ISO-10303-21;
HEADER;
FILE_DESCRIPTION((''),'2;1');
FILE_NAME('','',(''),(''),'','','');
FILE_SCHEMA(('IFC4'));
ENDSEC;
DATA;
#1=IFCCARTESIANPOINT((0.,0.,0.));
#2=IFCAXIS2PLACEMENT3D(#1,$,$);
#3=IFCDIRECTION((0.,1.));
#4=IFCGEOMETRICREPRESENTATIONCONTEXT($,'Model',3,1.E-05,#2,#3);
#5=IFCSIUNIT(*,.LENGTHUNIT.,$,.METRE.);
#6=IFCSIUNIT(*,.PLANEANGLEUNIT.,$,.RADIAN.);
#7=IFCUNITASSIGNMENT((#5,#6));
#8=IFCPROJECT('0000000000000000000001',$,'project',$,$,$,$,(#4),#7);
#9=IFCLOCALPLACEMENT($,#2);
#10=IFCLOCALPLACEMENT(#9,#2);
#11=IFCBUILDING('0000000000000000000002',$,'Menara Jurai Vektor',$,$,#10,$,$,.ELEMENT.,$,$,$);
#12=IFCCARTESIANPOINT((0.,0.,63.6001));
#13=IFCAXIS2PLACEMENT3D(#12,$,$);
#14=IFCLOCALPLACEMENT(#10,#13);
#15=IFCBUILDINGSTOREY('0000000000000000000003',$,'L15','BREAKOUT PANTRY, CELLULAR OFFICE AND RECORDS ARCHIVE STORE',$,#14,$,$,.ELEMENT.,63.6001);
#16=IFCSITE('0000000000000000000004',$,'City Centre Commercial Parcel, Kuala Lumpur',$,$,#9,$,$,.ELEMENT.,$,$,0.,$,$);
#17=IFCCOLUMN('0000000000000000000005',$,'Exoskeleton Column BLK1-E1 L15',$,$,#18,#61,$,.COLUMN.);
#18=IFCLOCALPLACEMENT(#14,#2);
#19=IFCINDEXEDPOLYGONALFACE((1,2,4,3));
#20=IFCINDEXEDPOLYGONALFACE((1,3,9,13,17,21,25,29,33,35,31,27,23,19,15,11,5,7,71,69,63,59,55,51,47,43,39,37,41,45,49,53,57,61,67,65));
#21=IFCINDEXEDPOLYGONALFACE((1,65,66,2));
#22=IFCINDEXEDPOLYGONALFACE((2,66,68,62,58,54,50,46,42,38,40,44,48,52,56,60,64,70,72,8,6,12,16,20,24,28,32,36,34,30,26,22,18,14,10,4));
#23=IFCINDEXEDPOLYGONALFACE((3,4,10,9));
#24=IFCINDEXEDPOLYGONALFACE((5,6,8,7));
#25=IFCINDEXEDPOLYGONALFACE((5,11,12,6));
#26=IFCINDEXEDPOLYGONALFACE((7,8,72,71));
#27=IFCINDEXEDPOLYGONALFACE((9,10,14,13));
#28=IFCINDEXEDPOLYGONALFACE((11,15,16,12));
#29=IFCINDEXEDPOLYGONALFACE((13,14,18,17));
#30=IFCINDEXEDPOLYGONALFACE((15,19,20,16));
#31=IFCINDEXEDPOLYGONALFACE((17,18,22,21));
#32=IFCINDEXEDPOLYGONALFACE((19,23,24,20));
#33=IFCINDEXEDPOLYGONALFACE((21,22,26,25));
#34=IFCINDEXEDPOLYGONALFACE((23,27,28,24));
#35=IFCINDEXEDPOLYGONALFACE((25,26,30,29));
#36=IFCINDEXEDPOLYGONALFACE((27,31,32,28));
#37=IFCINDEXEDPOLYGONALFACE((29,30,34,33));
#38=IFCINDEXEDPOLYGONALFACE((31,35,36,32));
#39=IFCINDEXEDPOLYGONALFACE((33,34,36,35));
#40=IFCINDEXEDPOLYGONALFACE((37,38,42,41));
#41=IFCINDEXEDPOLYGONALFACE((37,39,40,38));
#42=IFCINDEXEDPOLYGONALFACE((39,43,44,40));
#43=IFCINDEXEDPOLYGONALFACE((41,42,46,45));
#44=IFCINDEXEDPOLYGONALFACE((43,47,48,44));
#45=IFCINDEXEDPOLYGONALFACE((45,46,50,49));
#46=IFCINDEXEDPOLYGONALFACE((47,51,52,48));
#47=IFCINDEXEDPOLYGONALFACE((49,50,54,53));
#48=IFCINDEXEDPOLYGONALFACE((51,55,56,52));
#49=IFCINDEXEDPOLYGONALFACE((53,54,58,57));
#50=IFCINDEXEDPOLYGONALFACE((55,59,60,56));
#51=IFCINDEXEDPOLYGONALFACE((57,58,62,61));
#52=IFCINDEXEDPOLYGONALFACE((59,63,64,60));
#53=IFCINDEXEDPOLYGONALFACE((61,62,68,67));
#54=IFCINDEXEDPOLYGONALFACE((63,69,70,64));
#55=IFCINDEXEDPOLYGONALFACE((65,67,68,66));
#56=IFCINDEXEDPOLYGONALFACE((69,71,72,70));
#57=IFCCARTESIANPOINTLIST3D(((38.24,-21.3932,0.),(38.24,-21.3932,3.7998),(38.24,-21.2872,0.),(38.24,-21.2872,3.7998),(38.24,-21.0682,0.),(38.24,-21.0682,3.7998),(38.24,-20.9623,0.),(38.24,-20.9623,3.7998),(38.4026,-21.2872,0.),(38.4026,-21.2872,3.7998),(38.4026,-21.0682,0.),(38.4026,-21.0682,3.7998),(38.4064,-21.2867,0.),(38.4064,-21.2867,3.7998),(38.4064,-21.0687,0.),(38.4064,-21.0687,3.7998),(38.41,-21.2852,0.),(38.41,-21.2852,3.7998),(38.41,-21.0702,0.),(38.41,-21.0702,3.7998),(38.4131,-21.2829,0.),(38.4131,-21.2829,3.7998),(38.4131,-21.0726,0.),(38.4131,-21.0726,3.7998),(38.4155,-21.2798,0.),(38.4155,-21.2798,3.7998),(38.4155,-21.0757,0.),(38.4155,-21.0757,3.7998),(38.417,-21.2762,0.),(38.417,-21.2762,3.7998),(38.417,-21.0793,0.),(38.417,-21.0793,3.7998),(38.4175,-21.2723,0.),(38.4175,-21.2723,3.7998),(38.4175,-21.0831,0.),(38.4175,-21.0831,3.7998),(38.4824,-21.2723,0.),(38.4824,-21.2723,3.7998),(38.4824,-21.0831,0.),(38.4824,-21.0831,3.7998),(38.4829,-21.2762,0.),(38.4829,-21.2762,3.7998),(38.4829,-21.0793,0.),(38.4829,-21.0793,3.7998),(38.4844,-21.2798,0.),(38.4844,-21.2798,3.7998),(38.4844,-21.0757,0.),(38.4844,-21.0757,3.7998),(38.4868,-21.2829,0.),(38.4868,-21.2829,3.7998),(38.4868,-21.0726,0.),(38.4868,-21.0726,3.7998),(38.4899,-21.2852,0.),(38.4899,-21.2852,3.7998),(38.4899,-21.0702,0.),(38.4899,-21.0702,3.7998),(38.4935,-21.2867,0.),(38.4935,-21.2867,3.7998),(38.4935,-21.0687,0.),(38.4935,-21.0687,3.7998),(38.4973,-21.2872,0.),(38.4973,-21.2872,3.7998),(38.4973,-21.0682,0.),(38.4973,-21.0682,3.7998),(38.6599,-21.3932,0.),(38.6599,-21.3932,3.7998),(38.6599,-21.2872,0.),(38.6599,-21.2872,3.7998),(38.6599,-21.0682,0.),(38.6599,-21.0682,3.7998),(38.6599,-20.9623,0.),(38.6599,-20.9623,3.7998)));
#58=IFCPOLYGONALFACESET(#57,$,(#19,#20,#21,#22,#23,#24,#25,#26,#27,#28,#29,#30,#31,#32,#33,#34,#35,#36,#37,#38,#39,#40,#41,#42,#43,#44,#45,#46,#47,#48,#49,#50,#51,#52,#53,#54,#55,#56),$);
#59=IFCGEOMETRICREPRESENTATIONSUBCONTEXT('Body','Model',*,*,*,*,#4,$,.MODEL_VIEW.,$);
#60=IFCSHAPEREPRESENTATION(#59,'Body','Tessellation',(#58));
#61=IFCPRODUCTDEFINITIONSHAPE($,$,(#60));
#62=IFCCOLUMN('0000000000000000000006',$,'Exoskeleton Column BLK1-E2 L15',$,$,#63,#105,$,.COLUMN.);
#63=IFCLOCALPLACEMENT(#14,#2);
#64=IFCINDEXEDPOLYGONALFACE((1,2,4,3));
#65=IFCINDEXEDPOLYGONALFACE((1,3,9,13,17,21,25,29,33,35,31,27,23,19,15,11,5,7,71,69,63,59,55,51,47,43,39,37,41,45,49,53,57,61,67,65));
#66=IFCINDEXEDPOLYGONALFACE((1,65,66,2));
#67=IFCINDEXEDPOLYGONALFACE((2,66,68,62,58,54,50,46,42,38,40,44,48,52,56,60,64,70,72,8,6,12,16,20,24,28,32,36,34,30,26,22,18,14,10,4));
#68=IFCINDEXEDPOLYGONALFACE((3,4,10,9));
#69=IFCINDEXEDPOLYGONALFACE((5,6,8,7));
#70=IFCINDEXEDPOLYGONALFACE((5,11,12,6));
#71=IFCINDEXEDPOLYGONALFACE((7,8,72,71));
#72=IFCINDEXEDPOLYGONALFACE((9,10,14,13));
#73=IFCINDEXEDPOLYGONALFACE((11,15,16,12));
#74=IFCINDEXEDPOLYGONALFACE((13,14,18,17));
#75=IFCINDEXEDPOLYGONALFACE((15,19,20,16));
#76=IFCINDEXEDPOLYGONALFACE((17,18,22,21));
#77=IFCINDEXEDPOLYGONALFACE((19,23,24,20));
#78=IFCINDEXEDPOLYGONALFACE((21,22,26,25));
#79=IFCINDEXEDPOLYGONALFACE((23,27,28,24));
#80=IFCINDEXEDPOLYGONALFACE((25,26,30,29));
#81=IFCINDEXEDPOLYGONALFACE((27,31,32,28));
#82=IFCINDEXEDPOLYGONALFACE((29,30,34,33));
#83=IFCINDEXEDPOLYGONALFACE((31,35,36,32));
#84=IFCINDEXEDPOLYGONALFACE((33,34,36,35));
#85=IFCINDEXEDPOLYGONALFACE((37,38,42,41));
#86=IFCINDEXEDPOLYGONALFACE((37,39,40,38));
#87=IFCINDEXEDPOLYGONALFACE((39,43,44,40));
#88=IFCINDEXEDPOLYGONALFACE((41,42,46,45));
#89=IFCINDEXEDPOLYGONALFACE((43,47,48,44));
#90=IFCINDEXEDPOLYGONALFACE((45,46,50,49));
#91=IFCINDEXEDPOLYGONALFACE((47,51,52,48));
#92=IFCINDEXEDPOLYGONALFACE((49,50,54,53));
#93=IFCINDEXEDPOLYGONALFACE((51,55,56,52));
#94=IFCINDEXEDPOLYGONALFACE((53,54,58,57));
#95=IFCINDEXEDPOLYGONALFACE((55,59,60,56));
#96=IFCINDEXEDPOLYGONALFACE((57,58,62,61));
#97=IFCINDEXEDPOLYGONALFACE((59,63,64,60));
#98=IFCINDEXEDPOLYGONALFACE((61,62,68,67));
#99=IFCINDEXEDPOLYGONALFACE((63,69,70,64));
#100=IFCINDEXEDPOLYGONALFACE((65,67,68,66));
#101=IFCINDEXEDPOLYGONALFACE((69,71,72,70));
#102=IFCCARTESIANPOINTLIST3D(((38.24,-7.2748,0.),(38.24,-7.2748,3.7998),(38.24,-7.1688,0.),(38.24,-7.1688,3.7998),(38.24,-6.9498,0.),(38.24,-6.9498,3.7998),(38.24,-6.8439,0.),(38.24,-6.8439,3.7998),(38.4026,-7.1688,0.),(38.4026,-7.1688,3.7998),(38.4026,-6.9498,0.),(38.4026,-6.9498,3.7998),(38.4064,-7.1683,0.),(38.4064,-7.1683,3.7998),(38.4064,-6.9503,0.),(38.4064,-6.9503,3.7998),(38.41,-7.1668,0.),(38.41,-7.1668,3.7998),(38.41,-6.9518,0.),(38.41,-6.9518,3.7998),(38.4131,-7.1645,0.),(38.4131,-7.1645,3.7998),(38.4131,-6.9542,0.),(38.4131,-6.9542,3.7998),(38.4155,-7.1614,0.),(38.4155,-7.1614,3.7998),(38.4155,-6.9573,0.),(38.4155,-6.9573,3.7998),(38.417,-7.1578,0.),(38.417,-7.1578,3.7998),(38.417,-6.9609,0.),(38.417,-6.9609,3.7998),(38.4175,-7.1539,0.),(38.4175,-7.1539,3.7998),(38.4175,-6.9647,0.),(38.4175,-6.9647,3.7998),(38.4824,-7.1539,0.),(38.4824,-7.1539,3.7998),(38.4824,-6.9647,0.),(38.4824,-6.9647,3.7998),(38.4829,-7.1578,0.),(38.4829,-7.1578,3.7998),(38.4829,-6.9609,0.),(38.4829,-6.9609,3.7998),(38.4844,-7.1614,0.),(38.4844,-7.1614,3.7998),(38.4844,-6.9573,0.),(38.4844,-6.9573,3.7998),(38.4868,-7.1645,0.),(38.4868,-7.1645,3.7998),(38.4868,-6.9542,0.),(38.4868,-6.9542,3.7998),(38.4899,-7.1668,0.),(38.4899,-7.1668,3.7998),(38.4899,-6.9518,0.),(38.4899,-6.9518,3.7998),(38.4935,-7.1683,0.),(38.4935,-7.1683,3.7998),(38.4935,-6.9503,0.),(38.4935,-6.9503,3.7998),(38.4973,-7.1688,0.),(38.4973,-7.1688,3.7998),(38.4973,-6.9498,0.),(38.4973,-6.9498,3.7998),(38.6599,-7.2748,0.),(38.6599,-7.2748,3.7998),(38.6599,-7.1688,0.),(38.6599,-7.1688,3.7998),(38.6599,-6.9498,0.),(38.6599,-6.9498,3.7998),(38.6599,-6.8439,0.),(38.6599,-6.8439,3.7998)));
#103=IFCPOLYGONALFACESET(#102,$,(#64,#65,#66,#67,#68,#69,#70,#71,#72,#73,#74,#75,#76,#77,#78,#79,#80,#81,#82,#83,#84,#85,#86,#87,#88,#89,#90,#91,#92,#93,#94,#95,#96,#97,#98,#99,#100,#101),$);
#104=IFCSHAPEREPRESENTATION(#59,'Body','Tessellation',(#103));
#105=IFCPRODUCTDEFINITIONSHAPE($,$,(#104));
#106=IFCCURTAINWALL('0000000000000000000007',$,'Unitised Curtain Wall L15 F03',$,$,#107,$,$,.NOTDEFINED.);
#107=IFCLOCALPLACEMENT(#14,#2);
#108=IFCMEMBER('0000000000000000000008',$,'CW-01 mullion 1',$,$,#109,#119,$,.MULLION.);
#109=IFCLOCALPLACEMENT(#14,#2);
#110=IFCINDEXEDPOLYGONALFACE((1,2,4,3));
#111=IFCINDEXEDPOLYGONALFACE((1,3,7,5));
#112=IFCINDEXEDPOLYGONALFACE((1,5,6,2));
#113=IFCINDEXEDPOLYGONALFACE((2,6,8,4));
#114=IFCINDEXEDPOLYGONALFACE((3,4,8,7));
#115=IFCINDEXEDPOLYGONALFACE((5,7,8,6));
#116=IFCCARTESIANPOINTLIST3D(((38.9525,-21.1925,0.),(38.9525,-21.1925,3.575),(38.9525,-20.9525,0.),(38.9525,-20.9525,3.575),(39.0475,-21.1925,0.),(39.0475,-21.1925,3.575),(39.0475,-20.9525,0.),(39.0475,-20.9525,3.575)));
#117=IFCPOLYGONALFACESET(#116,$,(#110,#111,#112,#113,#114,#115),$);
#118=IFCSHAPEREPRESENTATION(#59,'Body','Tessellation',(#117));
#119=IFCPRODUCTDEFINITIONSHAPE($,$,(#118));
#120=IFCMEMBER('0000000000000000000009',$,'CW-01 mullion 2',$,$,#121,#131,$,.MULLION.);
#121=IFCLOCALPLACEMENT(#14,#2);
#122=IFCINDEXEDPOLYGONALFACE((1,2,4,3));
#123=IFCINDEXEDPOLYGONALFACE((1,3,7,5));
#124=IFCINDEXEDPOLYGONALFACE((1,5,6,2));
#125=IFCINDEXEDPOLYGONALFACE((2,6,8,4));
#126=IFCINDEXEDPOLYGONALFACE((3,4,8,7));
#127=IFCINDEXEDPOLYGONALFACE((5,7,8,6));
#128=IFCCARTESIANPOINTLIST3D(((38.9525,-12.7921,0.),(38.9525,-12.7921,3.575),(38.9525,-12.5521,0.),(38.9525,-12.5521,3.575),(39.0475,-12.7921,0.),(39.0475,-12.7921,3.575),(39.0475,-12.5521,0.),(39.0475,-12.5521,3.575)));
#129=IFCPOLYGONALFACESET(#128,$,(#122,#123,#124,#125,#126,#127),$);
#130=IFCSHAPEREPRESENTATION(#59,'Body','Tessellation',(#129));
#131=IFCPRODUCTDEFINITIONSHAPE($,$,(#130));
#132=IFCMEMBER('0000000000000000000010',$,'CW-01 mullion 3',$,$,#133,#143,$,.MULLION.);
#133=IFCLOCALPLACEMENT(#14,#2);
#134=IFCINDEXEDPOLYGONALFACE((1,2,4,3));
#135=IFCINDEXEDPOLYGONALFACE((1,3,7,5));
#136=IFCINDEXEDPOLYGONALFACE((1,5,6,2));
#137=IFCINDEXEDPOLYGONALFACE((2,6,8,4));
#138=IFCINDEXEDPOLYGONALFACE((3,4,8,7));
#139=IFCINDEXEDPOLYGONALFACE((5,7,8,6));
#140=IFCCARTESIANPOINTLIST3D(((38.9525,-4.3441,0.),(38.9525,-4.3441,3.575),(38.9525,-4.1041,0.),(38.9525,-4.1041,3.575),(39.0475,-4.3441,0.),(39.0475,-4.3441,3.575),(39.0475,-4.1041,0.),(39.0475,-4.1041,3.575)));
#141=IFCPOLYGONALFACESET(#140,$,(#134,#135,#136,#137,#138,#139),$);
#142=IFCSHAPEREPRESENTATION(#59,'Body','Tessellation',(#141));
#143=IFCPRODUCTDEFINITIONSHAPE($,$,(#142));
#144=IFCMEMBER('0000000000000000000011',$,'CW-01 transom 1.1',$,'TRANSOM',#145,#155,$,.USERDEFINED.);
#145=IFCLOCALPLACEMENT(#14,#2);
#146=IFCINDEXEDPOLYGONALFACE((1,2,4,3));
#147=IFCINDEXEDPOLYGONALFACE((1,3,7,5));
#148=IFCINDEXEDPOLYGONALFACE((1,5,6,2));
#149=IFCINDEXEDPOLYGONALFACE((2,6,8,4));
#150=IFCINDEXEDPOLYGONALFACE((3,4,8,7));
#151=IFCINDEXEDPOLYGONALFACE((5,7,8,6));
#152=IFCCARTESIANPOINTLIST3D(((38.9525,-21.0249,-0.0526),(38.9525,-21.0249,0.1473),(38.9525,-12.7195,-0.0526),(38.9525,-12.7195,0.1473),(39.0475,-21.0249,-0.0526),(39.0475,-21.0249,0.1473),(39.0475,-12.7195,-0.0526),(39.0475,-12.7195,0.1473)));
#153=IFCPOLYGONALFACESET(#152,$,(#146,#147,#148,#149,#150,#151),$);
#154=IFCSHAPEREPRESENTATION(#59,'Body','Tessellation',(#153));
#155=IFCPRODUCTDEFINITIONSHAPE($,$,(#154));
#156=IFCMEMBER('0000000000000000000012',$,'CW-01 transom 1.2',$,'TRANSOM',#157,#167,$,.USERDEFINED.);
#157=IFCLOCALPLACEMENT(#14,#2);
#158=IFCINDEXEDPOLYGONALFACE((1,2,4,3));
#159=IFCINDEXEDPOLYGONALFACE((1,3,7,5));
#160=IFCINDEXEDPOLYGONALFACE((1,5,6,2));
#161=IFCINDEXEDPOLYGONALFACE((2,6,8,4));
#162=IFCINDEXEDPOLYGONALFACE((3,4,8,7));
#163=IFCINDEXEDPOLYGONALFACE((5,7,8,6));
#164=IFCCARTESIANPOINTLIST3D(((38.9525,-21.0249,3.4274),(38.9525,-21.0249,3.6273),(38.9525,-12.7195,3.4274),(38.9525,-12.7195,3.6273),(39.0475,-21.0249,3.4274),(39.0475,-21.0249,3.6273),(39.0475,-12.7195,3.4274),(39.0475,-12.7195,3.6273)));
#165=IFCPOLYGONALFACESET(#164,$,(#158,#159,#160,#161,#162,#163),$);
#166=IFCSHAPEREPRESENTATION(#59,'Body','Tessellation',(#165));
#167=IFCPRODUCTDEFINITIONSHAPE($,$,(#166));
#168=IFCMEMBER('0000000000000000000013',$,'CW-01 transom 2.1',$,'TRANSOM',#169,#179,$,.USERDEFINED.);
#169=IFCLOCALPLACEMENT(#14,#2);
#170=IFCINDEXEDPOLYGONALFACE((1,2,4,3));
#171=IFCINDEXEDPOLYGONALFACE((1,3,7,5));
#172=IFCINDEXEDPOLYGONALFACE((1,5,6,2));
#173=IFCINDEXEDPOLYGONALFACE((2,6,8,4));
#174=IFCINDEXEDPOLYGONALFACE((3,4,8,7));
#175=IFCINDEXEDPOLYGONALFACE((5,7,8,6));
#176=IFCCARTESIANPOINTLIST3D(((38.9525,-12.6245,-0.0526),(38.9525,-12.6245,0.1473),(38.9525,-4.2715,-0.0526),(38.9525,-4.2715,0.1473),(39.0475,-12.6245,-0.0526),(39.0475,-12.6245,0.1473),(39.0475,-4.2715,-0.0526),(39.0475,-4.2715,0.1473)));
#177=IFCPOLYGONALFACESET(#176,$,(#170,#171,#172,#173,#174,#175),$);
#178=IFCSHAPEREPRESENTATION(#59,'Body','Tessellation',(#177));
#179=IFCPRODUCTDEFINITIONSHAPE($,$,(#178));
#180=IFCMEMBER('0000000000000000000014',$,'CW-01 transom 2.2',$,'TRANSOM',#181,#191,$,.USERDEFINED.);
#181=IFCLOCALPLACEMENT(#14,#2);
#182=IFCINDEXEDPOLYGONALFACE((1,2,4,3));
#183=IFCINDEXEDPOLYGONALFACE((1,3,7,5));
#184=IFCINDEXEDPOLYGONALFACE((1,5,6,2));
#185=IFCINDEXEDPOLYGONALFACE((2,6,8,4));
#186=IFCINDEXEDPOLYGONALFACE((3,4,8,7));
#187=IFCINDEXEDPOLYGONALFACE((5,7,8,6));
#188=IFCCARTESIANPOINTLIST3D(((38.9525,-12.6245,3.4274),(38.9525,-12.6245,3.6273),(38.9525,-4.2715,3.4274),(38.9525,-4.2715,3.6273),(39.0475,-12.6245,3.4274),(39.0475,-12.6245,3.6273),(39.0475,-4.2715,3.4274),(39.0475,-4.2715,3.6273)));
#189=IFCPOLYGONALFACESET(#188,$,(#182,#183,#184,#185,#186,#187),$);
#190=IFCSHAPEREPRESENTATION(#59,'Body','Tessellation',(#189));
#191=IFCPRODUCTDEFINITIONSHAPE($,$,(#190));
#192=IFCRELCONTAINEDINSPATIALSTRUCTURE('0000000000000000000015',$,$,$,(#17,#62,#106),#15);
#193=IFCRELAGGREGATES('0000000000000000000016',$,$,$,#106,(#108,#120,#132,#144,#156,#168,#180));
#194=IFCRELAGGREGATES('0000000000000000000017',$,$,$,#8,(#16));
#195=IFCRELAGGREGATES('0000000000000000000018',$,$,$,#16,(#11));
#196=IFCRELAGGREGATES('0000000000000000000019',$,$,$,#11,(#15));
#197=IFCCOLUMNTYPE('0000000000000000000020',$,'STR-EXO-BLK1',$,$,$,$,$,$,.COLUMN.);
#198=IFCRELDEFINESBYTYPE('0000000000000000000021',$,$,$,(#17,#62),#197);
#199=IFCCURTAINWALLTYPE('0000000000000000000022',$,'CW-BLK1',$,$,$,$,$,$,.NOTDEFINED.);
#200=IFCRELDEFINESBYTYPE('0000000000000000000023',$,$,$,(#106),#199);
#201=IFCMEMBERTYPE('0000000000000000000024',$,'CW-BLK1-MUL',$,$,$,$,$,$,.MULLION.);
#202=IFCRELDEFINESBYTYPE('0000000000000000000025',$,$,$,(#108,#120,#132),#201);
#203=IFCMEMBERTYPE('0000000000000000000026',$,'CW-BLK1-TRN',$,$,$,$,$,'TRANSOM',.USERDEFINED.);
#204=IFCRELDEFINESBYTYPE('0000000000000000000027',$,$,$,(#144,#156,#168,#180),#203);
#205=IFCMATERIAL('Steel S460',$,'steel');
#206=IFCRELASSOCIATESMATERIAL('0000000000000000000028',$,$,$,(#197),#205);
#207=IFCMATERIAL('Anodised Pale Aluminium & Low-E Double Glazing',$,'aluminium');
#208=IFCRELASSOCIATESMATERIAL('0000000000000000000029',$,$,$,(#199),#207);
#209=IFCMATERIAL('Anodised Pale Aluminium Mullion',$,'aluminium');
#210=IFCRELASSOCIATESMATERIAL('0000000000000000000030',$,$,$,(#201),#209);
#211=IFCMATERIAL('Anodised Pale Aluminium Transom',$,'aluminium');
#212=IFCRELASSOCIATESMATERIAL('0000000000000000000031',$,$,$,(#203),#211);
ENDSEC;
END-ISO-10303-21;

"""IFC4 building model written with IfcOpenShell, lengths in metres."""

from ifc_helpers import new_model, si_unit, direction, frame, origin, origin_2d, place, context, subcontext, project, spatial, rectangle, i_section, extrude, material, material_profile, profile_set, type_object, element, aggregate, save


model = new_model("IFC4")

# Units and contexts
model_context = context("Model", 3, precision=1e-05, world=origin(), true_north=direction((0.0, 1.0)))
body_context = subcontext(model_context, "Body", "Model", "MODEL_VIEW")
ifc_project = project(units=[si_unit("LENGTHUNIT", "METRE"), si_unit("PLANEANGLEUNIT", "RADIAN")], contexts=[model_context])

# Site, building, storey
site_placement = place(None, origin())
site = spatial("IfcSite", under=ifc_project, at=site_placement, Name="City Centre Commercial Parcel, Kuala Lumpur", CompositionType="ELEMENT", RefElevation=0.0)
building_placement = place(site_placement, origin())
building = spatial("IfcBuilding", under=site, at=building_placement, Name="Menara Jurai Vektor", CompositionType="ELEMENT")
storey_placement = place(building_placement, frame((0.0, 0.0, 63.6001)))
storey = spatial("IfcBuildingStorey", under=building, at=storey_placement, Name="L15", Description="BREAKOUT PANTRY, CELLULAR OFFICE AND RECORDS ARCHIVE STORE", CompositionType="ELEMENT", Elevation=63.6001)

# Columns
ifc_material_1 = material(Name="Steel S460", Category="steel")
ifc_material_profile_1 = material_profile(ifc_material_1, i_section(OverallWidth=0.4199, OverallDepth=0.4309, WebThickness=0.0649, FlangeThickness=0.106, FilletRadius=0.0149, at=origin_2d()), Name="HD 400x900")
ifc_profile_set_1 = profile_set([ifc_material_profile_1], Name="Steel S460")
column_type = type_object("IfcColumnType", Name="STR-EXO-BLK1", PredefinedType="COLUMN", material=ifc_profile_set_1)
for number, where, z_axis, x_axis, name in (
    (1, (38.45, -21.1777, 0.0), (0.0, 0.0, 1.0), (1.0, 0.0, 0.0), "Exoskeleton Column BLK1-E1 L15"),
    (2, (38.45, -7.0593, 0.0), (0.0, 0.0, 1.0), (1.0, 0.0, 0.0), "Exoskeleton Column BLK1-E2 L15"),
):
    element("IfcColumn", number, at=place(storey_placement, frame(where, z_axis=z_axis, x_axis=x_axis)), inside=storey, type_object=column_type, Name=name, PredefinedType="COLUMN", context=body_context, shape_type="SweptSolid", body=[
        extrude(i_section(OverallWidth=0.4199, OverallDepth=0.4309, WebThickness=0.0649, FlangeThickness=0.106, FilletRadius=0.0149, at=origin_2d()), origin(), (0.0, 0.0, 1.0), 3.7998),
    ])

# Curtain wall, members
ifc_material_2 = material(Name="Anodised Pale Aluminium & Low-E Double Glazing", Category="aluminium")
curtain_wall_type = type_object("IfcCurtainWallType", Name="CW-BLK1", PredefinedType="NOTDEFINED", material=ifc_material_2)
curtain_wall_placement = place(storey_placement, origin())
curtain_wall = element("IfcCurtainWall", 3, at=curtain_wall_placement, inside=storey, type_object=curtain_wall_type, Name="Unitised Curtain Wall L15 F03", PredefinedType="NOTDEFINED")
ifc_material_3 = material(Name="Anodised Pale Aluminium Mullion", Category="aluminium")
ifc_material_profile_2 = material_profile(ifc_material_3, rectangle(XDim=0.095, YDim=0.24, at=origin_2d()), Name="ALU MUL 95x240")
ifc_profile_set_2 = profile_set([ifc_material_profile_2], Name="Anodised Pale Aluminium Mullion")
member_type_1 = type_object("IfcMemberType", Name="CW-BLK1-MUL", PredefinedType="MULLION", material=ifc_profile_set_2)
member_1_placement = place(storey_placement, frame((39.0, -21.0725, 0.0), z_axis=(0.0, 0.0, 1.0), x_axis=(-1.0, 0.0, 0.0)))
member_1 = element("IfcMember", 4, at=member_1_placement, type_object=member_type_1, Name="CW-01 mullion 1", PredefinedType="MULLION", context=body_context, shape_type="SweptSolid", body=[
    extrude(rectangle(XDim=0.095, YDim=0.24, at=origin_2d()), origin(), (0.0, 0.0, 1.0), 3.575),
])
member_2_placement = place(storey_placement, frame((39.0, -12.6721, 0.0), z_axis=(0.0, 0.0, 1.0), x_axis=(-1.0, 0.0, 0.0)))
member_2 = element("IfcMember", 5, at=member_2_placement, type_object=member_type_1, Name="CW-01 mullion 2", PredefinedType="MULLION", context=body_context, shape_type="SweptSolid", body=[
    extrude(rectangle(XDim=0.095, YDim=0.24, at=origin_2d()), origin(), (0.0, 0.0, 1.0), 3.575),
])
member_3_placement = place(storey_placement, frame((39.0, -4.2241, 0.0), z_axis=(0.0, 0.0, 1.0), x_axis=(-1.0, 0.0, 0.0)))
member_3 = element("IfcMember", 6, at=member_3_placement, type_object=member_type_1, Name="CW-01 mullion 3", PredefinedType="MULLION", context=body_context, shape_type="SweptSolid", body=[
    extrude(rectangle(XDim=0.095, YDim=0.24, at=origin_2d()), origin(), (0.0, 0.0, 1.0), 3.575),
])
ifc_material_4 = material(Name="Anodised Pale Aluminium Transom", Category="aluminium")
ifc_material_profile_3 = material_profile(ifc_material_4, rectangle(XDim=0.095, YDim=0.2, at=origin_2d()), Name="ALU TRN 95x200")
ifc_profile_set_3 = profile_set([ifc_material_profile_3], Name="Anodised Pale Aluminium Transom")
member_type_2 = type_object("IfcMemberType", Name="CW-BLK1-TRN", ElementType="TRANSOM", PredefinedType="USERDEFINED", material=ifc_profile_set_3)
member_4_placement = place(storey_placement, frame((39.0, -21.0249, 0.0474), z_axis=(0.0, 1.0, 0.0), x_axis=(-1.0, 0.0, 0.0)))
member_4 = element("IfcMember", 7, at=member_4_placement, type_object=member_type_2, Name="CW-01 transom 1.1", ObjectType="TRANSOM", PredefinedType="USERDEFINED", context=body_context, shape_type="SweptSolid", body=[
    extrude(rectangle(XDim=0.095, YDim=0.2, at=origin_2d()), origin(), (0.0, 0.0, 1.0), 8.3054),
])
member_5_placement = place(storey_placement, frame((39.0, -21.0249, 3.5273), z_axis=(0.0, 1.0, 0.0), x_axis=(-1.0, 0.0, 0.0)))
member_5 = element("IfcMember", 8, at=member_5_placement, type_object=member_type_2, Name="CW-01 transom 1.2", ObjectType="TRANSOM", PredefinedType="USERDEFINED", context=body_context, shape_type="SweptSolid", body=[
    extrude(rectangle(XDim=0.095, YDim=0.2, at=origin_2d()), origin(), (0.0, 0.0, 1.0), 8.3054),
])
member_6_placement = place(storey_placement, frame((39.0, -12.6245, 0.0474), z_axis=(0.0, 1.0, 0.0), x_axis=(-1.0, 0.0, 0.0)))
member_6 = element("IfcMember", 9, at=member_6_placement, type_object=member_type_2, Name="CW-01 transom 2.1", ObjectType="TRANSOM", PredefinedType="USERDEFINED", context=body_context, shape_type="SweptSolid", body=[
    extrude(rectangle(XDim=0.095, YDim=0.2, at=origin_2d()), origin(), (0.0, 0.0, 1.0), 8.353),
])
member_7_placement = place(storey_placement, frame((39.0, -12.6245, 3.5273), z_axis=(0.0, 1.0, 0.0), x_axis=(-1.0, 0.0, 0.0)))
member_7 = element("IfcMember", 10, at=member_7_placement, type_object=member_type_2, Name="CW-01 transom 2.2", ObjectType="TRANSOM", PredefinedType="USERDEFINED", context=body_context, shape_type="SweptSolid", body=[
    extrude(rectangle(XDim=0.095, YDim=0.2, at=origin_2d()), origin(), (0.0, 0.0, 1.0), 8.353),
])

aggregate(curtain_wall, [member_1, member_2, member_3, member_4, member_5, member_6, member_7])

save(model, "model.ifc")
